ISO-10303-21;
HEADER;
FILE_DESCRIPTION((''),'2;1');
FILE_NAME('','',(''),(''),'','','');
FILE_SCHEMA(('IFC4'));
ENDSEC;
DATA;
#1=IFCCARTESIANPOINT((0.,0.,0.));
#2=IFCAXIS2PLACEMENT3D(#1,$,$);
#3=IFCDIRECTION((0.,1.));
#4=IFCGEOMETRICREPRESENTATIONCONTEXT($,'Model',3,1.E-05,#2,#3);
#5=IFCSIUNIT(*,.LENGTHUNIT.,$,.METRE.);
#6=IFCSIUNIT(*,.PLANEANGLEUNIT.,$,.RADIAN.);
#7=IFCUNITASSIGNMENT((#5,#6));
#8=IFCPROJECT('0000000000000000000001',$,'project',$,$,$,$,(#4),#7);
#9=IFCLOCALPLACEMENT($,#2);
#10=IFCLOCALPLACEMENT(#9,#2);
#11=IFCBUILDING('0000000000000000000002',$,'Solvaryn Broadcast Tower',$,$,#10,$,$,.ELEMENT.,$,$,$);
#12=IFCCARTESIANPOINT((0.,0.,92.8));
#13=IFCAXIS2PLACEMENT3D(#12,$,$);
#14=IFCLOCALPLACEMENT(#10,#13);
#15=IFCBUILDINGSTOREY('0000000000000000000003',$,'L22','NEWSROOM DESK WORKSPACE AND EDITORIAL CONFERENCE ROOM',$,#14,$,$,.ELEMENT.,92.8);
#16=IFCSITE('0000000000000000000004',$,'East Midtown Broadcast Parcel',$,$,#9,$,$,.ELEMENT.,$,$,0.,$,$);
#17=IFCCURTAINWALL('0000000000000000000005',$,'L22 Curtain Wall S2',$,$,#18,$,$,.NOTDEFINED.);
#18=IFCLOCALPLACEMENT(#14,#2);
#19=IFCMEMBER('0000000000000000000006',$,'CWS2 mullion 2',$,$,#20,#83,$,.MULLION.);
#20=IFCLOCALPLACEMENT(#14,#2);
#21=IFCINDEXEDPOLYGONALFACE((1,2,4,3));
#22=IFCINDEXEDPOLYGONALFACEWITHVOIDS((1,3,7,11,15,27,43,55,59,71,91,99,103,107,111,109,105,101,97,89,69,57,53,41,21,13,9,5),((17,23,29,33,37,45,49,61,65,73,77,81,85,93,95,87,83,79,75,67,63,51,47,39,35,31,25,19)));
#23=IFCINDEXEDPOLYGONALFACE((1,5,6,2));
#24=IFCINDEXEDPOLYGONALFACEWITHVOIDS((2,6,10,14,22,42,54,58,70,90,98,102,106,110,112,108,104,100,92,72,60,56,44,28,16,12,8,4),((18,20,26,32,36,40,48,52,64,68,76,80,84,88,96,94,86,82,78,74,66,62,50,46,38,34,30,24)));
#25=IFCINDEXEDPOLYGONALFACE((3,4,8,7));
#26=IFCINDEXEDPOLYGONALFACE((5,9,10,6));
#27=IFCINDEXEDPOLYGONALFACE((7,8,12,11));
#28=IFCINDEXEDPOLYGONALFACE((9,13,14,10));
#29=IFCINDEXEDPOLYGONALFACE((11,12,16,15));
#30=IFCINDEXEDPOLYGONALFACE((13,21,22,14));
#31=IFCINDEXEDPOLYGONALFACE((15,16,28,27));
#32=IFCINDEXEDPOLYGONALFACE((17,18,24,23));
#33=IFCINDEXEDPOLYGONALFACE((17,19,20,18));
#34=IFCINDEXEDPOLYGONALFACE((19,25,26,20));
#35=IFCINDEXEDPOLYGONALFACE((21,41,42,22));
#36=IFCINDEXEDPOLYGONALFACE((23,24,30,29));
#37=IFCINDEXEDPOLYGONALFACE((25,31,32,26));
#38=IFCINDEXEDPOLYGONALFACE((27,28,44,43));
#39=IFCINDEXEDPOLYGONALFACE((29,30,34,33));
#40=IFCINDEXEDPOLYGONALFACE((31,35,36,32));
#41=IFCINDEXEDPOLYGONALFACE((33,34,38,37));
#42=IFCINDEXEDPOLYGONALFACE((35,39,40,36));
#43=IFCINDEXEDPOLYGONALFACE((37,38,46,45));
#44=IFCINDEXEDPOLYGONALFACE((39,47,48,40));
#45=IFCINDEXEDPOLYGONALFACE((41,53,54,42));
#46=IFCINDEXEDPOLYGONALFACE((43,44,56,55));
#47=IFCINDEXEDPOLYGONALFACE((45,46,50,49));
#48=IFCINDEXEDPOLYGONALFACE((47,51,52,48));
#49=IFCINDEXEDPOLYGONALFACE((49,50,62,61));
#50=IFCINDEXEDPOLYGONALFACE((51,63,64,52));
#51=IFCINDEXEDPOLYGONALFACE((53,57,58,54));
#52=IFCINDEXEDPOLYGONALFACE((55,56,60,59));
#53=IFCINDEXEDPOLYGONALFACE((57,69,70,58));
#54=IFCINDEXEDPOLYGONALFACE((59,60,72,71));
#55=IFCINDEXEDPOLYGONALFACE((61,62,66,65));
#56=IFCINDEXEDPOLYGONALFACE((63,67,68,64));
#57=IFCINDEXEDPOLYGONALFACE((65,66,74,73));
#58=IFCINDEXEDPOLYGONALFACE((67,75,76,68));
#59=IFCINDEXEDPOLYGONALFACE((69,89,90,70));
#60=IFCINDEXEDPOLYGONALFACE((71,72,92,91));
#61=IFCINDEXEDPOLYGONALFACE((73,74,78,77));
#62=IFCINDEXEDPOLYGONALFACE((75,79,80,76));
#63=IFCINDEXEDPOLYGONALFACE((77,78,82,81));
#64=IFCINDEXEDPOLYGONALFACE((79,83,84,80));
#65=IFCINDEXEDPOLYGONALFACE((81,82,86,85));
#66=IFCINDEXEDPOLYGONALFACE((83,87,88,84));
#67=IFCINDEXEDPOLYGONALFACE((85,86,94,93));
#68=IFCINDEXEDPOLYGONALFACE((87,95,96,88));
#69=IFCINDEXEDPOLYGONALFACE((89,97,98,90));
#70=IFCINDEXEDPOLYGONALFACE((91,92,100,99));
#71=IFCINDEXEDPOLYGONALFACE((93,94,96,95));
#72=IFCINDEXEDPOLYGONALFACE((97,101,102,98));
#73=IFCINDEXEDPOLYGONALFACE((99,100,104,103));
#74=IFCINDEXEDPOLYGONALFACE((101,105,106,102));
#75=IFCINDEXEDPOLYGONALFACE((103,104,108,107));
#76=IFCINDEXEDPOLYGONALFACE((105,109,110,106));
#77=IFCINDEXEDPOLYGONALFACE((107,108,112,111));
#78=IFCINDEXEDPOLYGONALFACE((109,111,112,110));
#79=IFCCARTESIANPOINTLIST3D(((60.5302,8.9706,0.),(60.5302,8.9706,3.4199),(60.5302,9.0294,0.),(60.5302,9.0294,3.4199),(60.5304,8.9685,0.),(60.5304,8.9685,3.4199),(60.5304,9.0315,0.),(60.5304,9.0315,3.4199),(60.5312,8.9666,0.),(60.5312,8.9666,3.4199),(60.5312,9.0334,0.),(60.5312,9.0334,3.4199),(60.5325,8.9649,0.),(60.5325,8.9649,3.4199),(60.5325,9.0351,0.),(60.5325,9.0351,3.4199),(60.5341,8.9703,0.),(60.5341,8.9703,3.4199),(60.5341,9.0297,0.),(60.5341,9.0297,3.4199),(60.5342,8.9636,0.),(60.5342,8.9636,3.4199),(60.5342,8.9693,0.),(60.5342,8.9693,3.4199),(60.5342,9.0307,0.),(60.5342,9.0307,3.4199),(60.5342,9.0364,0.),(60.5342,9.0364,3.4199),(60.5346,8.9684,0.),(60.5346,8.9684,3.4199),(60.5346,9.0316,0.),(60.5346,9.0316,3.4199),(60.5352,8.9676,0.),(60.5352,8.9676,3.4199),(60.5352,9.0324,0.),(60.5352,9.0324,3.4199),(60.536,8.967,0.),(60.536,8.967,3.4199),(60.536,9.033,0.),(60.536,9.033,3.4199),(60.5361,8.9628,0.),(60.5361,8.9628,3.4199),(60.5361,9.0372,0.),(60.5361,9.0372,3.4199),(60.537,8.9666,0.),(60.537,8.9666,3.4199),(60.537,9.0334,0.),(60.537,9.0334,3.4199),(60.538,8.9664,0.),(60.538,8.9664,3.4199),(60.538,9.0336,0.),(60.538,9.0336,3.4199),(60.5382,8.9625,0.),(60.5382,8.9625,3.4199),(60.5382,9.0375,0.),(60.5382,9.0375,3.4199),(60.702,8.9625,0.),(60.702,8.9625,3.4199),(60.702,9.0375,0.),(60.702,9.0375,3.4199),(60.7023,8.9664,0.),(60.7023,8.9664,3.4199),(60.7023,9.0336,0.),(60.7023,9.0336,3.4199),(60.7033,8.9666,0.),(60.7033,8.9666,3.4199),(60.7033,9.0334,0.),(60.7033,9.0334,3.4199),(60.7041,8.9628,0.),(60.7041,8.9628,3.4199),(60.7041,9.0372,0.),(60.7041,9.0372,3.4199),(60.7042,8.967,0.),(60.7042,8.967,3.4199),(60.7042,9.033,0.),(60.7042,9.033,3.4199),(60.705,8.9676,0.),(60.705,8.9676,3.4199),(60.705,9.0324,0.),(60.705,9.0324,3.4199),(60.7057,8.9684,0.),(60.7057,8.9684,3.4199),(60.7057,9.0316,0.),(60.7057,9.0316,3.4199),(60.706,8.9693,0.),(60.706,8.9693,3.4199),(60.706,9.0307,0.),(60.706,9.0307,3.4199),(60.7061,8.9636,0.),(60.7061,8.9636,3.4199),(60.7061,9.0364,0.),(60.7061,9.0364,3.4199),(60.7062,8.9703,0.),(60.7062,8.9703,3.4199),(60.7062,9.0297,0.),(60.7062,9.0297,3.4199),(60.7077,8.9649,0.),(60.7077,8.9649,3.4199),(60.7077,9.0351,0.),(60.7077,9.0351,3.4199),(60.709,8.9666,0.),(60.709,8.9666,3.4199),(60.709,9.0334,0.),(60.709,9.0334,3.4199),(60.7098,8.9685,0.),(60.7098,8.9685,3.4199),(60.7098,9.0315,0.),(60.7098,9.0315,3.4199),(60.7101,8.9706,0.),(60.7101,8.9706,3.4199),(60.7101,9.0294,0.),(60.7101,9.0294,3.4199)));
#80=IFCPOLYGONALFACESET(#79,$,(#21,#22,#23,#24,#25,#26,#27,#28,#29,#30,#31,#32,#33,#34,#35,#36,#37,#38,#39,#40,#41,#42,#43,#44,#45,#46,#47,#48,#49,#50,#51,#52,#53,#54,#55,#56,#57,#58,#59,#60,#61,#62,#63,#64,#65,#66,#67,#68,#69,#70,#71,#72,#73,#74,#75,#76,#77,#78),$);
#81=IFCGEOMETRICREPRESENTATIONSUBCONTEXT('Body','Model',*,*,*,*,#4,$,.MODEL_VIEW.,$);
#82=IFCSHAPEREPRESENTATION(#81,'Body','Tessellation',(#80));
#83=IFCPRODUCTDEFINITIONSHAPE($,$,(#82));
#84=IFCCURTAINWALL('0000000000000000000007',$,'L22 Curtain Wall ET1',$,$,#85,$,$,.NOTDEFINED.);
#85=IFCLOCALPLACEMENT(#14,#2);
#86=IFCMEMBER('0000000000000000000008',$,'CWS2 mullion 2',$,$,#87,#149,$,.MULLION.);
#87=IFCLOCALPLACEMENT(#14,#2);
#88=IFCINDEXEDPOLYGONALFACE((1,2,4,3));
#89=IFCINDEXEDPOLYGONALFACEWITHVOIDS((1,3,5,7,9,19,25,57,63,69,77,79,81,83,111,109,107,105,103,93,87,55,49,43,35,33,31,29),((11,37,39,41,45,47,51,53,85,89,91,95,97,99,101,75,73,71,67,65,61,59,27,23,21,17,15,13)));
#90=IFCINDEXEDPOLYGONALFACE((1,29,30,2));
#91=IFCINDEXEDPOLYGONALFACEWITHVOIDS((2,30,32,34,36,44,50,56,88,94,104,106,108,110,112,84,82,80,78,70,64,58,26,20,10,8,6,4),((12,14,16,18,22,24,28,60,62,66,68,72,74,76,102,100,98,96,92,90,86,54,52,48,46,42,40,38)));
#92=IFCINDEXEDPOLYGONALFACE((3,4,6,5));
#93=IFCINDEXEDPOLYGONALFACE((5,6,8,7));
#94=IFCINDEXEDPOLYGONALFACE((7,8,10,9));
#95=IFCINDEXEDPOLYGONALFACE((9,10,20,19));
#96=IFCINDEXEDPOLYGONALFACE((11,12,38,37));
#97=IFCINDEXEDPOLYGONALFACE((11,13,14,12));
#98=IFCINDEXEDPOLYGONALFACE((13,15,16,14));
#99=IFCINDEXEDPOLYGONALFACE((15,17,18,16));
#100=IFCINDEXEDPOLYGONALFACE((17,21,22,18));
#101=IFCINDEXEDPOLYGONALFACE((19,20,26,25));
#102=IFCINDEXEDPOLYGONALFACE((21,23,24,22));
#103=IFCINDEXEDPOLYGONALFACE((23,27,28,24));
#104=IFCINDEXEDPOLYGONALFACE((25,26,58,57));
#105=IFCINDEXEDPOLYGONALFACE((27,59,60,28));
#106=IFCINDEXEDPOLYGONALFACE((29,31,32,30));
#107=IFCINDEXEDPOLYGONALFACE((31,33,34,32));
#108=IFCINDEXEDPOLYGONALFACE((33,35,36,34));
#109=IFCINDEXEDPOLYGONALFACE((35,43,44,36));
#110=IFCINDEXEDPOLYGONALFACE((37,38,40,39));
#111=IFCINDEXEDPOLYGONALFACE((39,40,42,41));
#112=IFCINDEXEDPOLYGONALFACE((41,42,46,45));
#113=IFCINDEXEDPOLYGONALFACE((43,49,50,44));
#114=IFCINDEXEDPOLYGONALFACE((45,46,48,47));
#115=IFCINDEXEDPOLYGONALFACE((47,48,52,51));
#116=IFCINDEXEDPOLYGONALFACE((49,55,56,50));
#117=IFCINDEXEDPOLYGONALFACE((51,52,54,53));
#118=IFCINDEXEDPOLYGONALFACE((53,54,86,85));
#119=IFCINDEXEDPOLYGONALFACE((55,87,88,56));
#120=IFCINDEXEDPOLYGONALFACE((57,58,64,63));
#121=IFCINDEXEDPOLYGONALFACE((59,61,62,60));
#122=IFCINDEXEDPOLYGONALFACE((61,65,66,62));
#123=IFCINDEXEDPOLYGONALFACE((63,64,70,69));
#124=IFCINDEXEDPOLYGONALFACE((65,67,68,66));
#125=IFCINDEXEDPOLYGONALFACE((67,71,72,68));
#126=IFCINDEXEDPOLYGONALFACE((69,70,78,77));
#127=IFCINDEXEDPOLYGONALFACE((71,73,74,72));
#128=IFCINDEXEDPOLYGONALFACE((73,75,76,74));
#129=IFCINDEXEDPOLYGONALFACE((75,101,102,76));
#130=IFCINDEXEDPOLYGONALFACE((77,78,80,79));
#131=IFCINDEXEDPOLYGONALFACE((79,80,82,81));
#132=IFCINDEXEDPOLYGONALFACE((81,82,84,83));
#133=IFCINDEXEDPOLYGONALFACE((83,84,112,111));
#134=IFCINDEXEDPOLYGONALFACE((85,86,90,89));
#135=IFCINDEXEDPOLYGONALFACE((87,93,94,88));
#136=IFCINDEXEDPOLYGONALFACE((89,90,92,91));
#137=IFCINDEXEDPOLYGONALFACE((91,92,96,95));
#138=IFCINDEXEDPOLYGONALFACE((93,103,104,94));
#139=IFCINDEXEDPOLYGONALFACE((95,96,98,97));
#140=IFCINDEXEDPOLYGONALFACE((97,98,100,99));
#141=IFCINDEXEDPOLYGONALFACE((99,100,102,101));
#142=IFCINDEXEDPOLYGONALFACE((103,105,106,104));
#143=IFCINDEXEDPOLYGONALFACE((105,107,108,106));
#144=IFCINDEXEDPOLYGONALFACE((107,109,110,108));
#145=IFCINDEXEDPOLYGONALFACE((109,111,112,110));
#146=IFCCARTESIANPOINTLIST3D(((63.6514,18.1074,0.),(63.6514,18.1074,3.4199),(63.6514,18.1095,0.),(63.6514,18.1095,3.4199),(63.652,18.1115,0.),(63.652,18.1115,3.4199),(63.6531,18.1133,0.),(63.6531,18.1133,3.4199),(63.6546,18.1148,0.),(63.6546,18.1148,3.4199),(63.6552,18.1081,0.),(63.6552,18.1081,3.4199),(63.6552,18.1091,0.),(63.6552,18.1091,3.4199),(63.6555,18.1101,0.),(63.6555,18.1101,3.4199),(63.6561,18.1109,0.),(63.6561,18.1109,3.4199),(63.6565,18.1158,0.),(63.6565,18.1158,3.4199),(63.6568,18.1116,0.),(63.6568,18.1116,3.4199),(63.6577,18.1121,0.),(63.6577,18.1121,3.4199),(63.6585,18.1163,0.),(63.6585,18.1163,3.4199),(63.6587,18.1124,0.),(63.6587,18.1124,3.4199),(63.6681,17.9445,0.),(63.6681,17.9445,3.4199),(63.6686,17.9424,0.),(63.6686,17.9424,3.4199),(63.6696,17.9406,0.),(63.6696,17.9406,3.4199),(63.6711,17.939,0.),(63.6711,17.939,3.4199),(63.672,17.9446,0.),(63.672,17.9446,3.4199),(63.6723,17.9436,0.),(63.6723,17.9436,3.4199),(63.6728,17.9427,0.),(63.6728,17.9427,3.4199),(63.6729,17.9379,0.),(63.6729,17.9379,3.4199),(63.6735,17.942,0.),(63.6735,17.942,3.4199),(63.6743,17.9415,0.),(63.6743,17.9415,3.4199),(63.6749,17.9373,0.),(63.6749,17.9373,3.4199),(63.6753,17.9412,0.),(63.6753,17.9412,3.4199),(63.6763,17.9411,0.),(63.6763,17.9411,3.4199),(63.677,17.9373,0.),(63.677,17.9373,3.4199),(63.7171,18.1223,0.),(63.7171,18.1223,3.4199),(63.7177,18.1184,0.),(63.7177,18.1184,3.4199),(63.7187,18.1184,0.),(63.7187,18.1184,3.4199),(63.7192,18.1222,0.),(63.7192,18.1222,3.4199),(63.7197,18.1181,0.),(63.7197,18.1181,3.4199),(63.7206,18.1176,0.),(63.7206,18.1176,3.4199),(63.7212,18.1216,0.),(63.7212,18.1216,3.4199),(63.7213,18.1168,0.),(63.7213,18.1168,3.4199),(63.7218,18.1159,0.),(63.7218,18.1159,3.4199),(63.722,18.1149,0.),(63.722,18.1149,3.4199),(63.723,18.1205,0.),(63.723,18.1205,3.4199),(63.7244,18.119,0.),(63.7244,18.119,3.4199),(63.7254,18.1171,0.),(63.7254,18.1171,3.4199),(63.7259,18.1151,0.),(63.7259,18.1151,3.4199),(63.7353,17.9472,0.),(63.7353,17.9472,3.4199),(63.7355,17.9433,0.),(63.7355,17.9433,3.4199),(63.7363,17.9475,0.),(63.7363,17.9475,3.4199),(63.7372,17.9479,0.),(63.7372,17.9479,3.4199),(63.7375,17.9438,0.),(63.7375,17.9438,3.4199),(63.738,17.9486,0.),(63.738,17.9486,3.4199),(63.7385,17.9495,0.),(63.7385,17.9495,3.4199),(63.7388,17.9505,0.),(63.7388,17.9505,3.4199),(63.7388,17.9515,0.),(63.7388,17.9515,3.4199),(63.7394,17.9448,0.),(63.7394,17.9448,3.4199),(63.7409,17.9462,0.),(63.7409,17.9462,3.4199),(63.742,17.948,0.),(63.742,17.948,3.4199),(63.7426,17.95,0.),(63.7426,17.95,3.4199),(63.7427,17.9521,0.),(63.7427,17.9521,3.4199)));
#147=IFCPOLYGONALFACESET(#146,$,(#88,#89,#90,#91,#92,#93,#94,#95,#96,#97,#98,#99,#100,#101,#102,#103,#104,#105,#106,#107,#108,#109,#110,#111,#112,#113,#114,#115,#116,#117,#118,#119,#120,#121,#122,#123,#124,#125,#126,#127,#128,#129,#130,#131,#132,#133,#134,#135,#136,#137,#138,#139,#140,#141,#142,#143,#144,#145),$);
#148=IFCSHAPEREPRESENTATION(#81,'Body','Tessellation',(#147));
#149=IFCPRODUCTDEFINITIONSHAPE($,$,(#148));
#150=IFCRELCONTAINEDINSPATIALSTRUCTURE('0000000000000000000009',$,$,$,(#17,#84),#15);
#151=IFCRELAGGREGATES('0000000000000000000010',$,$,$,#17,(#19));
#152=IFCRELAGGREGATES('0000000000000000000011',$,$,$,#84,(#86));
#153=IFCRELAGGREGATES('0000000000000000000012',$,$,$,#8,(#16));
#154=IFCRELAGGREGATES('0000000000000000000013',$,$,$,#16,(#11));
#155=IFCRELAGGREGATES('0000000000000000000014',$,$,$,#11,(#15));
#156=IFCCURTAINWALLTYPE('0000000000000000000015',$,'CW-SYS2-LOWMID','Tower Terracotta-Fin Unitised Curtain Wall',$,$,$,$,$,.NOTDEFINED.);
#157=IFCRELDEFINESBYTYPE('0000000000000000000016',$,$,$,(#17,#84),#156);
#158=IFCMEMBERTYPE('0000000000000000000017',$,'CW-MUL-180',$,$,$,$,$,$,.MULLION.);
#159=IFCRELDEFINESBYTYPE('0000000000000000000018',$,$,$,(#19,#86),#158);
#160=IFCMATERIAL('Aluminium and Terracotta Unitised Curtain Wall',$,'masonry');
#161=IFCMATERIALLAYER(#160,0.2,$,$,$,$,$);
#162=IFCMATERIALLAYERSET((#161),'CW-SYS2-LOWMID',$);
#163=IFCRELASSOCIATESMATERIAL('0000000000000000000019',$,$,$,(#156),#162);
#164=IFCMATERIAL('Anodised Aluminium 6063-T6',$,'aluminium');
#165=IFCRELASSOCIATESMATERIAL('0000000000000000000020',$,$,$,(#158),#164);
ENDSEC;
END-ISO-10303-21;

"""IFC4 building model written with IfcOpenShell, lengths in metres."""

from ifc_helpers import new_model, si_unit, direction, frame, origin, origin_2d, place, context, subcontext, project, spatial, hollow_rectangle, extrude, material, layer, layer_set, material_profile, profile_set, type_object, element, aggregate, save


model = new_model("IFC4")

# Units and contexts
model_context = context("Model", 3, precision=1e-05, world=origin(), true_north=direction((0.0, 1.0)))
body_context = subcontext(model_context, "Body", "Model", "MODEL_VIEW")
ifc_project = project(units=[si_unit("LENGTHUNIT", "METRE"), si_unit("PLANEANGLEUNIT", "RADIAN")], contexts=[model_context])

# Site, building, storey
site_placement = place(None, origin())
site = spatial("IfcSite", under=ifc_project, at=site_placement, Name="East Midtown Broadcast Parcel", CompositionType="ELEMENT", RefElevation=0.0)
building_placement = place(site_placement, origin())
building = spatial("IfcBuilding", under=site, at=building_placement, Name="Solvaryn Broadcast Tower", CompositionType="ELEMENT")
storey_placement = place(building_placement, frame((0.0, 0.0, 92.8)))
storey = spatial("IfcBuildingStorey", under=building, at=storey_placement, Name="L22", Description="NEWSROOM DESK WORKSPACE AND EDITORIAL CONFERENCE ROOM", CompositionType="ELEMENT", Elevation=92.8)

# Curtain walls, members
ifc_material_1 = material(Name="Aluminium and Terracotta Unitised Curtain Wall", Category="masonry")
ifc_layer_1 = layer(ifc_material_1, 0.2)
ifc_layer_set_1 = layer_set([ifc_layer_1], Name="CW-SYS2-LOWMID")
curtain_wall_type = type_object("IfcCurtainWallType", Name="CW-SYS2-LOWMID", Description="Tower Terracotta-Fin Unitised Curtain Wall", PredefinedType="NOTDEFINED", material=ifc_layer_set_1)
curtain_wall_1_placement = place(storey_placement, origin())
curtain_wall_1 = element("IfcCurtainWall", 1, at=curtain_wall_1_placement, inside=storey, type_object=curtain_wall_type, Name="L22 Curtain Wall S2", PredefinedType="NOTDEFINED")
ifc_material_2 = material(Name="Anodised Aluminium 6063-T6", Category="aluminium")
ifc_material_profile_1 = material_profile(ifc_material_2, hollow_rectangle(XDim=0.075, YDim=0.1799, WallThickness=0.0039, InnerFilletRadius=0.0039, OuterFilletRadius=0.0081, at=origin_2d()))
ifc_profile_set_1 = profile_set([ifc_material_profile_1], Name="Anodised Aluminium 6063-T6")
member_type_1 = type_object("IfcMemberType", Name="CW-MUL-180", PredefinedType="MULLION", material=ifc_profile_set_1)
member_1_placement = place(storey_placement, frame((60.6201, 9.0, 0.0), z_axis=(0.0, 0.0, 1.0), x_axis=(0.0, 1.0, 0.0)))
member_1 = element("IfcMember", 2, at=member_1_placement, type_object=member_type_1, Name="CWS2 mullion 2", PredefinedType="MULLION", context=body_context, shape_type="SweptSolid", body=[
    extrude(hollow_rectangle(XDim=0.075, YDim=0.1799, WallThickness=0.0039, InnerFilletRadius=0.0039, OuterFilletRadius=0.0081, at=origin_2d()), origin(), (0.0, 0.0, 1.0), 3.4199),
])
aggregate(curtain_wall_1, [member_1])
curtain_wall_2_placement = place(storey_placement, origin())
curtain_wall_2 = element("IfcCurtainWall", 3, at=curtain_wall_2_placement, inside=storey, type_object=curtain_wall_type, Name="L22 Curtain Wall ET1", PredefinedType="NOTDEFINED")
member_2_placement = place(storey_placement, frame((63.697, 18.0298, 0.0), z_axis=(0.0, 0.0, 1.0), x_axis=(0.994743, 0.1024, 0.0)))
member_2 = element("IfcMember", 4, at=member_2_placement, type_object=member_type_1, Name="CWS2 mullion 2", PredefinedType="MULLION", context=body_context, shape_type="SweptSolid", body=[
    extrude(hollow_rectangle(XDim=0.075, YDim=0.1799, WallThickness=0.0039, InnerFilletRadius=0.0039, OuterFilletRadius=0.0081, at=origin_2d()), origin(), (0.0, 0.0, 1.0), 3.4199),
])
aggregate(curtain_wall_2, [member_2])

save(model, "model.ifc")
